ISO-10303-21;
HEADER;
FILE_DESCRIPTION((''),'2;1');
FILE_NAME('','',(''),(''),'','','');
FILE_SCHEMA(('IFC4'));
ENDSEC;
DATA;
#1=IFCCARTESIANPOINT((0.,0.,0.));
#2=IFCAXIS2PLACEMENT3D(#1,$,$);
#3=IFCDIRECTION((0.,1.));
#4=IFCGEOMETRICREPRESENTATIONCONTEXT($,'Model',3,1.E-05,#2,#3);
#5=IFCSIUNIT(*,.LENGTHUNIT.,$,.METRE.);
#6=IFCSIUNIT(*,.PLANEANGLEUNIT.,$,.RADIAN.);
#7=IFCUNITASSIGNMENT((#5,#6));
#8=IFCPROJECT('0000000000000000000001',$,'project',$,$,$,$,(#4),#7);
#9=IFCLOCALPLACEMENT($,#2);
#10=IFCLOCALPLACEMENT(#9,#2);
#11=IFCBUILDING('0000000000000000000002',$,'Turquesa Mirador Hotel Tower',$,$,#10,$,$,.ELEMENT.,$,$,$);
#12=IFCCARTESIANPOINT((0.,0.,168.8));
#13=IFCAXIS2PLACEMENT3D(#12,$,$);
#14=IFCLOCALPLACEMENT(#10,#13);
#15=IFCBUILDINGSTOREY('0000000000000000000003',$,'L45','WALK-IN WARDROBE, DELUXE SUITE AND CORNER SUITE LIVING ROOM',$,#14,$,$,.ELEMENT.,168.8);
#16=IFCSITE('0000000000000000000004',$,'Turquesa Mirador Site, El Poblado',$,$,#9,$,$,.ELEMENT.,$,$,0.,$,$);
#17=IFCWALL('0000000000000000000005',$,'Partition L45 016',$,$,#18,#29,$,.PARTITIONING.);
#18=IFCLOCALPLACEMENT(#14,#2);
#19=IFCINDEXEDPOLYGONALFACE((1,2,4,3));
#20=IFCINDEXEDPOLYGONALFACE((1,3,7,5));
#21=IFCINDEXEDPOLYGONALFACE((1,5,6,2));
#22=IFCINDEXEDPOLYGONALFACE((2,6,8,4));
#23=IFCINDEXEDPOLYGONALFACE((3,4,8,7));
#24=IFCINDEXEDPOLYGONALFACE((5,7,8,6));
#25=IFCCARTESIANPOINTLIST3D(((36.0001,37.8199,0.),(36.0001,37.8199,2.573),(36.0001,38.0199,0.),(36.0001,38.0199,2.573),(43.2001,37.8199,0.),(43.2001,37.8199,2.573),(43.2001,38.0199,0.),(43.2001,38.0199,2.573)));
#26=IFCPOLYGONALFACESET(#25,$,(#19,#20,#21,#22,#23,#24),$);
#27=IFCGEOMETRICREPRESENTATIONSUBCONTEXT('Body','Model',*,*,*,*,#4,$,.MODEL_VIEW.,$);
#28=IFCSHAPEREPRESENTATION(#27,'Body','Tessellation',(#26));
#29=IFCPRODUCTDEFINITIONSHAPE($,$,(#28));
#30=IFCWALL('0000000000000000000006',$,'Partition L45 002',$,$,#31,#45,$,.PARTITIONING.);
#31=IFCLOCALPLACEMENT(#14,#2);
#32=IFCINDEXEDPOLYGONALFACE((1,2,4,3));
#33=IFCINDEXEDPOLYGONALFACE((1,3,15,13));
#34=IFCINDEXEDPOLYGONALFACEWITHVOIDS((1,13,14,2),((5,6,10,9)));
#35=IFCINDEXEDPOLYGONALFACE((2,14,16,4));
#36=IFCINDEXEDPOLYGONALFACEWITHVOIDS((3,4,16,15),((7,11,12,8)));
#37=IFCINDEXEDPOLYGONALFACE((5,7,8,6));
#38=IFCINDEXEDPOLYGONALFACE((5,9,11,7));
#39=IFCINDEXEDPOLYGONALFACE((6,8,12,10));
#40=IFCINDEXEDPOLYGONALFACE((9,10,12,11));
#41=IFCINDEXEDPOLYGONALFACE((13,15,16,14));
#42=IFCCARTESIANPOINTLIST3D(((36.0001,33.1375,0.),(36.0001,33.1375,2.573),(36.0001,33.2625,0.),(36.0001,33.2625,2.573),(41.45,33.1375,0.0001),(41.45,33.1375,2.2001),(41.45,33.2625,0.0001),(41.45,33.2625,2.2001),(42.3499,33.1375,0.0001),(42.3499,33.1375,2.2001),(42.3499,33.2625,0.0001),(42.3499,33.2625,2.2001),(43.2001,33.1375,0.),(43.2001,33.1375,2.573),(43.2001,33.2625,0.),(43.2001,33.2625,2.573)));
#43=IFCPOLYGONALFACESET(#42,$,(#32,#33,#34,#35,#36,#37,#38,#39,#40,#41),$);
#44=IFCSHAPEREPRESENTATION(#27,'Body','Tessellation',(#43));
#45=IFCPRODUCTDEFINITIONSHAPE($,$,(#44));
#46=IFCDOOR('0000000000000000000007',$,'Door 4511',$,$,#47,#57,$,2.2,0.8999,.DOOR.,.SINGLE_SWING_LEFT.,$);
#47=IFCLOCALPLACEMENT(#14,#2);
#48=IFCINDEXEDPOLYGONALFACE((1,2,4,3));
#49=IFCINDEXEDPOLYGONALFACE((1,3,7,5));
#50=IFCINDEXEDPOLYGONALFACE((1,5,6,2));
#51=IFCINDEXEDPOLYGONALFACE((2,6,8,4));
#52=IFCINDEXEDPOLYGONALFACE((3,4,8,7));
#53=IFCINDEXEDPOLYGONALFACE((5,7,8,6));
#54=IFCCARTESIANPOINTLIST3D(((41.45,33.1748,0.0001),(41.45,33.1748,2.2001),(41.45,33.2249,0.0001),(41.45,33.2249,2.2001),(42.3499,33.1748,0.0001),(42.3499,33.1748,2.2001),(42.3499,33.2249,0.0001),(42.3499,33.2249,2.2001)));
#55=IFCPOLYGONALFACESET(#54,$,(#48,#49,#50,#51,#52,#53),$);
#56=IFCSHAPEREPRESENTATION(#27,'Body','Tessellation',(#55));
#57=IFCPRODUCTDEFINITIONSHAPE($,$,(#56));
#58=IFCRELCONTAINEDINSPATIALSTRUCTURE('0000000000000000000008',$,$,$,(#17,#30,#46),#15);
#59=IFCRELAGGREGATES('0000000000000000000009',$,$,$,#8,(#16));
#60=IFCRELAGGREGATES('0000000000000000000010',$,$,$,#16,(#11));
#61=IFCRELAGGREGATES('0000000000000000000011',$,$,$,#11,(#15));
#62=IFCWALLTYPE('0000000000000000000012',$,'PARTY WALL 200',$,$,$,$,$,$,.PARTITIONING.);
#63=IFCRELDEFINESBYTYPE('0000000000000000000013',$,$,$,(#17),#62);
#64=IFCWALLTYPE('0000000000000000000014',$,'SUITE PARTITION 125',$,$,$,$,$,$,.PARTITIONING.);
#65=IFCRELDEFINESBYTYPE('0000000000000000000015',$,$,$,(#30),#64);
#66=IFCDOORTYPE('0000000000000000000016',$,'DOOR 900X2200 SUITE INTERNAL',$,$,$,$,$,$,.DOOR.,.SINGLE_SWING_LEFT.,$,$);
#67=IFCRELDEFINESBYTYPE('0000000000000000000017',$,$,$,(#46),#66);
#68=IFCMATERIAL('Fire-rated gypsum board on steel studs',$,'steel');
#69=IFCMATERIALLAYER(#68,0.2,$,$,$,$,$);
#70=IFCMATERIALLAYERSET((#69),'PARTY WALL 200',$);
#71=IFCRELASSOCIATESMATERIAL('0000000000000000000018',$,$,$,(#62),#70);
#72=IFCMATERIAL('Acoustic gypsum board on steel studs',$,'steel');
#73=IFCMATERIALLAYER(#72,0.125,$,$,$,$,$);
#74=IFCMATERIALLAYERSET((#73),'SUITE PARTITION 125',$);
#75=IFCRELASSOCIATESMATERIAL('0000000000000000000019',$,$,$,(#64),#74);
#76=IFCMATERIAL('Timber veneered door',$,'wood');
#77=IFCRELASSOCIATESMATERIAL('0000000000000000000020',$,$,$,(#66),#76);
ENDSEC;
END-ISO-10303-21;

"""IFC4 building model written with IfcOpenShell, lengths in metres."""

from ifc_helpers import new_model, si_unit, direction, frame, frame_2d, origin, place, context, subcontext, project, spatial, rectangle, extrude, material, layer, layer_set, type_object, element, fill, save


model = new_model("IFC4")

# Units and contexts
model_context = context("Model", 3, precision=1e-05, world=origin(), true_north=direction((0.0, 1.0)))
body_context = subcontext(model_context, "Body", "Model", "MODEL_VIEW")
ifc_project = project(units=[si_unit("LENGTHUNIT", "METRE"), si_unit("PLANEANGLEUNIT", "RADIAN")], contexts=[model_context])

# Site, building, storey
site_placement = place(None, origin())
site = spatial("IfcSite", under=ifc_project, at=site_placement, Name="Turquesa Mirador Site, El Poblado", CompositionType="ELEMENT", RefElevation=0.0)
building_placement = place(site_placement, origin())
building = spatial("IfcBuilding", under=site, at=building_placement, Name="Turquesa Mirador Hotel Tower", CompositionType="ELEMENT")
storey_placement = place(building_placement, frame((0.0, 0.0, 168.8)))
storey = spatial("IfcBuildingStorey", under=building, at=storey_placement, Name="L45", Description="WALK-IN WARDROBE, DELUXE SUITE AND CORNER SUITE LIVING ROOM", CompositionType="ELEMENT", Elevation=168.8)

# Wall
ifc_material_1 = material(Name="Fire-rated gypsum board on steel studs", Category="steel")
ifc_layer_1 = layer(ifc_material_1, 0.2)
ifc_layer_set_1 = layer_set([ifc_layer_1], Name="PARTY WALL 200")
wall_type_1 = type_object("IfcWallType", Name="PARTY WALL 200", PredefinedType="PARTITIONING", material=ifc_layer_set_1)
wall_1_placement = place(storey_placement, frame((36.0, 37.9199, 0.0), z_axis=(0.0, 0.0, 1.0), x_axis=(1.0, 0.0, 0.0)))
element("IfcWall", 1, at=wall_1_placement, inside=storey, type_object=wall_type_1, Name="Partition L45 016", PredefinedType="PARTITIONING", context=body_context, shape_type="SweptSolid", body=[
    extrude(rectangle(XDim=7.2, YDim=0.2, at=frame_2d((3.6001, 0.0))), origin(), (0.0, 0.0, 1.0), 2.573),
])

# Wall, opening, door
ifc_material_2 = material(Name="Acoustic gypsum board on steel studs", Category="steel")
ifc_layer_2 = layer(ifc_material_2, 0.125)
ifc_layer_set_2 = layer_set([ifc_layer_2], Name="SUITE PARTITION 125")
wall_type_2 = type_object("IfcWallType", Name="SUITE PARTITION 125", PredefinedType="PARTITIONING", material=ifc_layer_set_2)
wall_2_placement = place(storey_placement, frame((36.0, 33.2, 0.0), z_axis=(0.0, 0.0, 1.0), x_axis=(1.0, 0.0, 0.0)))
wall_2 = element("IfcWall", 2, at=wall_2_placement, inside=storey, type_object=wall_type_2, Name="Partition L45 002", PredefinedType="PARTITIONING", context=body_context, shape_type="SweptSolid", body=[
    extrude(rectangle(XDim=7.2, YDim=0.125, at=frame_2d((3.6001, 0.0))), origin(), (0.0, 0.0, 1.0), 2.573),
])
opening_placement = place(wall_2_placement, frame((5.45, 0.0, 0.0)))
opening = element("IfcOpeningElement", 3, at=opening_placement, cuts=wall_2, PredefinedType="OPENING", context=body_context, shape_type="SweptSolid", body=[
    extrude(rectangle(XDim=0.8999, YDim=2.2, at=frame_2d((0.45, 1.1001))), frame((0.0, 0.0725, 0.0), z_axis=(0.0, -1.0, 0.0), x_axis=(1.0, 0.0, 0.0)), (0.0, 0.0, 1.0), 0.145),
])
ifc_material_3 = material(Name="Timber veneered door", Category="wood")
door_type = type_object("IfcDoorType", Name="DOOR 900X2200 SUITE INTERNAL", OperationType="SINGLE_SWING_LEFT", PredefinedType="DOOR", material=ifc_material_3)
door_placement = place(opening_placement, origin())
door = element("IfcDoor", 4, at=door_placement, inside=storey, type_object=door_type, Name="Door 4511", OperationType="SINGLE_SWING_LEFT", OverallHeight=2.2, OverallWidth=0.8999, PredefinedType="DOOR", context=body_context, shape_type="SweptSolid", body=[
    extrude(rectangle(XDim=0.8999, YDim=2.2, at=frame_2d((0.45, 1.1001))), frame((0.0, 0.0249, 0.0), z_axis=(0.0, -1.0, 0.0), x_axis=(1.0, 0.0, 0.0)), (0.0, 0.0, 1.0), 0.05),
])
fill(opening, door)

save(model, "model.ifc")
